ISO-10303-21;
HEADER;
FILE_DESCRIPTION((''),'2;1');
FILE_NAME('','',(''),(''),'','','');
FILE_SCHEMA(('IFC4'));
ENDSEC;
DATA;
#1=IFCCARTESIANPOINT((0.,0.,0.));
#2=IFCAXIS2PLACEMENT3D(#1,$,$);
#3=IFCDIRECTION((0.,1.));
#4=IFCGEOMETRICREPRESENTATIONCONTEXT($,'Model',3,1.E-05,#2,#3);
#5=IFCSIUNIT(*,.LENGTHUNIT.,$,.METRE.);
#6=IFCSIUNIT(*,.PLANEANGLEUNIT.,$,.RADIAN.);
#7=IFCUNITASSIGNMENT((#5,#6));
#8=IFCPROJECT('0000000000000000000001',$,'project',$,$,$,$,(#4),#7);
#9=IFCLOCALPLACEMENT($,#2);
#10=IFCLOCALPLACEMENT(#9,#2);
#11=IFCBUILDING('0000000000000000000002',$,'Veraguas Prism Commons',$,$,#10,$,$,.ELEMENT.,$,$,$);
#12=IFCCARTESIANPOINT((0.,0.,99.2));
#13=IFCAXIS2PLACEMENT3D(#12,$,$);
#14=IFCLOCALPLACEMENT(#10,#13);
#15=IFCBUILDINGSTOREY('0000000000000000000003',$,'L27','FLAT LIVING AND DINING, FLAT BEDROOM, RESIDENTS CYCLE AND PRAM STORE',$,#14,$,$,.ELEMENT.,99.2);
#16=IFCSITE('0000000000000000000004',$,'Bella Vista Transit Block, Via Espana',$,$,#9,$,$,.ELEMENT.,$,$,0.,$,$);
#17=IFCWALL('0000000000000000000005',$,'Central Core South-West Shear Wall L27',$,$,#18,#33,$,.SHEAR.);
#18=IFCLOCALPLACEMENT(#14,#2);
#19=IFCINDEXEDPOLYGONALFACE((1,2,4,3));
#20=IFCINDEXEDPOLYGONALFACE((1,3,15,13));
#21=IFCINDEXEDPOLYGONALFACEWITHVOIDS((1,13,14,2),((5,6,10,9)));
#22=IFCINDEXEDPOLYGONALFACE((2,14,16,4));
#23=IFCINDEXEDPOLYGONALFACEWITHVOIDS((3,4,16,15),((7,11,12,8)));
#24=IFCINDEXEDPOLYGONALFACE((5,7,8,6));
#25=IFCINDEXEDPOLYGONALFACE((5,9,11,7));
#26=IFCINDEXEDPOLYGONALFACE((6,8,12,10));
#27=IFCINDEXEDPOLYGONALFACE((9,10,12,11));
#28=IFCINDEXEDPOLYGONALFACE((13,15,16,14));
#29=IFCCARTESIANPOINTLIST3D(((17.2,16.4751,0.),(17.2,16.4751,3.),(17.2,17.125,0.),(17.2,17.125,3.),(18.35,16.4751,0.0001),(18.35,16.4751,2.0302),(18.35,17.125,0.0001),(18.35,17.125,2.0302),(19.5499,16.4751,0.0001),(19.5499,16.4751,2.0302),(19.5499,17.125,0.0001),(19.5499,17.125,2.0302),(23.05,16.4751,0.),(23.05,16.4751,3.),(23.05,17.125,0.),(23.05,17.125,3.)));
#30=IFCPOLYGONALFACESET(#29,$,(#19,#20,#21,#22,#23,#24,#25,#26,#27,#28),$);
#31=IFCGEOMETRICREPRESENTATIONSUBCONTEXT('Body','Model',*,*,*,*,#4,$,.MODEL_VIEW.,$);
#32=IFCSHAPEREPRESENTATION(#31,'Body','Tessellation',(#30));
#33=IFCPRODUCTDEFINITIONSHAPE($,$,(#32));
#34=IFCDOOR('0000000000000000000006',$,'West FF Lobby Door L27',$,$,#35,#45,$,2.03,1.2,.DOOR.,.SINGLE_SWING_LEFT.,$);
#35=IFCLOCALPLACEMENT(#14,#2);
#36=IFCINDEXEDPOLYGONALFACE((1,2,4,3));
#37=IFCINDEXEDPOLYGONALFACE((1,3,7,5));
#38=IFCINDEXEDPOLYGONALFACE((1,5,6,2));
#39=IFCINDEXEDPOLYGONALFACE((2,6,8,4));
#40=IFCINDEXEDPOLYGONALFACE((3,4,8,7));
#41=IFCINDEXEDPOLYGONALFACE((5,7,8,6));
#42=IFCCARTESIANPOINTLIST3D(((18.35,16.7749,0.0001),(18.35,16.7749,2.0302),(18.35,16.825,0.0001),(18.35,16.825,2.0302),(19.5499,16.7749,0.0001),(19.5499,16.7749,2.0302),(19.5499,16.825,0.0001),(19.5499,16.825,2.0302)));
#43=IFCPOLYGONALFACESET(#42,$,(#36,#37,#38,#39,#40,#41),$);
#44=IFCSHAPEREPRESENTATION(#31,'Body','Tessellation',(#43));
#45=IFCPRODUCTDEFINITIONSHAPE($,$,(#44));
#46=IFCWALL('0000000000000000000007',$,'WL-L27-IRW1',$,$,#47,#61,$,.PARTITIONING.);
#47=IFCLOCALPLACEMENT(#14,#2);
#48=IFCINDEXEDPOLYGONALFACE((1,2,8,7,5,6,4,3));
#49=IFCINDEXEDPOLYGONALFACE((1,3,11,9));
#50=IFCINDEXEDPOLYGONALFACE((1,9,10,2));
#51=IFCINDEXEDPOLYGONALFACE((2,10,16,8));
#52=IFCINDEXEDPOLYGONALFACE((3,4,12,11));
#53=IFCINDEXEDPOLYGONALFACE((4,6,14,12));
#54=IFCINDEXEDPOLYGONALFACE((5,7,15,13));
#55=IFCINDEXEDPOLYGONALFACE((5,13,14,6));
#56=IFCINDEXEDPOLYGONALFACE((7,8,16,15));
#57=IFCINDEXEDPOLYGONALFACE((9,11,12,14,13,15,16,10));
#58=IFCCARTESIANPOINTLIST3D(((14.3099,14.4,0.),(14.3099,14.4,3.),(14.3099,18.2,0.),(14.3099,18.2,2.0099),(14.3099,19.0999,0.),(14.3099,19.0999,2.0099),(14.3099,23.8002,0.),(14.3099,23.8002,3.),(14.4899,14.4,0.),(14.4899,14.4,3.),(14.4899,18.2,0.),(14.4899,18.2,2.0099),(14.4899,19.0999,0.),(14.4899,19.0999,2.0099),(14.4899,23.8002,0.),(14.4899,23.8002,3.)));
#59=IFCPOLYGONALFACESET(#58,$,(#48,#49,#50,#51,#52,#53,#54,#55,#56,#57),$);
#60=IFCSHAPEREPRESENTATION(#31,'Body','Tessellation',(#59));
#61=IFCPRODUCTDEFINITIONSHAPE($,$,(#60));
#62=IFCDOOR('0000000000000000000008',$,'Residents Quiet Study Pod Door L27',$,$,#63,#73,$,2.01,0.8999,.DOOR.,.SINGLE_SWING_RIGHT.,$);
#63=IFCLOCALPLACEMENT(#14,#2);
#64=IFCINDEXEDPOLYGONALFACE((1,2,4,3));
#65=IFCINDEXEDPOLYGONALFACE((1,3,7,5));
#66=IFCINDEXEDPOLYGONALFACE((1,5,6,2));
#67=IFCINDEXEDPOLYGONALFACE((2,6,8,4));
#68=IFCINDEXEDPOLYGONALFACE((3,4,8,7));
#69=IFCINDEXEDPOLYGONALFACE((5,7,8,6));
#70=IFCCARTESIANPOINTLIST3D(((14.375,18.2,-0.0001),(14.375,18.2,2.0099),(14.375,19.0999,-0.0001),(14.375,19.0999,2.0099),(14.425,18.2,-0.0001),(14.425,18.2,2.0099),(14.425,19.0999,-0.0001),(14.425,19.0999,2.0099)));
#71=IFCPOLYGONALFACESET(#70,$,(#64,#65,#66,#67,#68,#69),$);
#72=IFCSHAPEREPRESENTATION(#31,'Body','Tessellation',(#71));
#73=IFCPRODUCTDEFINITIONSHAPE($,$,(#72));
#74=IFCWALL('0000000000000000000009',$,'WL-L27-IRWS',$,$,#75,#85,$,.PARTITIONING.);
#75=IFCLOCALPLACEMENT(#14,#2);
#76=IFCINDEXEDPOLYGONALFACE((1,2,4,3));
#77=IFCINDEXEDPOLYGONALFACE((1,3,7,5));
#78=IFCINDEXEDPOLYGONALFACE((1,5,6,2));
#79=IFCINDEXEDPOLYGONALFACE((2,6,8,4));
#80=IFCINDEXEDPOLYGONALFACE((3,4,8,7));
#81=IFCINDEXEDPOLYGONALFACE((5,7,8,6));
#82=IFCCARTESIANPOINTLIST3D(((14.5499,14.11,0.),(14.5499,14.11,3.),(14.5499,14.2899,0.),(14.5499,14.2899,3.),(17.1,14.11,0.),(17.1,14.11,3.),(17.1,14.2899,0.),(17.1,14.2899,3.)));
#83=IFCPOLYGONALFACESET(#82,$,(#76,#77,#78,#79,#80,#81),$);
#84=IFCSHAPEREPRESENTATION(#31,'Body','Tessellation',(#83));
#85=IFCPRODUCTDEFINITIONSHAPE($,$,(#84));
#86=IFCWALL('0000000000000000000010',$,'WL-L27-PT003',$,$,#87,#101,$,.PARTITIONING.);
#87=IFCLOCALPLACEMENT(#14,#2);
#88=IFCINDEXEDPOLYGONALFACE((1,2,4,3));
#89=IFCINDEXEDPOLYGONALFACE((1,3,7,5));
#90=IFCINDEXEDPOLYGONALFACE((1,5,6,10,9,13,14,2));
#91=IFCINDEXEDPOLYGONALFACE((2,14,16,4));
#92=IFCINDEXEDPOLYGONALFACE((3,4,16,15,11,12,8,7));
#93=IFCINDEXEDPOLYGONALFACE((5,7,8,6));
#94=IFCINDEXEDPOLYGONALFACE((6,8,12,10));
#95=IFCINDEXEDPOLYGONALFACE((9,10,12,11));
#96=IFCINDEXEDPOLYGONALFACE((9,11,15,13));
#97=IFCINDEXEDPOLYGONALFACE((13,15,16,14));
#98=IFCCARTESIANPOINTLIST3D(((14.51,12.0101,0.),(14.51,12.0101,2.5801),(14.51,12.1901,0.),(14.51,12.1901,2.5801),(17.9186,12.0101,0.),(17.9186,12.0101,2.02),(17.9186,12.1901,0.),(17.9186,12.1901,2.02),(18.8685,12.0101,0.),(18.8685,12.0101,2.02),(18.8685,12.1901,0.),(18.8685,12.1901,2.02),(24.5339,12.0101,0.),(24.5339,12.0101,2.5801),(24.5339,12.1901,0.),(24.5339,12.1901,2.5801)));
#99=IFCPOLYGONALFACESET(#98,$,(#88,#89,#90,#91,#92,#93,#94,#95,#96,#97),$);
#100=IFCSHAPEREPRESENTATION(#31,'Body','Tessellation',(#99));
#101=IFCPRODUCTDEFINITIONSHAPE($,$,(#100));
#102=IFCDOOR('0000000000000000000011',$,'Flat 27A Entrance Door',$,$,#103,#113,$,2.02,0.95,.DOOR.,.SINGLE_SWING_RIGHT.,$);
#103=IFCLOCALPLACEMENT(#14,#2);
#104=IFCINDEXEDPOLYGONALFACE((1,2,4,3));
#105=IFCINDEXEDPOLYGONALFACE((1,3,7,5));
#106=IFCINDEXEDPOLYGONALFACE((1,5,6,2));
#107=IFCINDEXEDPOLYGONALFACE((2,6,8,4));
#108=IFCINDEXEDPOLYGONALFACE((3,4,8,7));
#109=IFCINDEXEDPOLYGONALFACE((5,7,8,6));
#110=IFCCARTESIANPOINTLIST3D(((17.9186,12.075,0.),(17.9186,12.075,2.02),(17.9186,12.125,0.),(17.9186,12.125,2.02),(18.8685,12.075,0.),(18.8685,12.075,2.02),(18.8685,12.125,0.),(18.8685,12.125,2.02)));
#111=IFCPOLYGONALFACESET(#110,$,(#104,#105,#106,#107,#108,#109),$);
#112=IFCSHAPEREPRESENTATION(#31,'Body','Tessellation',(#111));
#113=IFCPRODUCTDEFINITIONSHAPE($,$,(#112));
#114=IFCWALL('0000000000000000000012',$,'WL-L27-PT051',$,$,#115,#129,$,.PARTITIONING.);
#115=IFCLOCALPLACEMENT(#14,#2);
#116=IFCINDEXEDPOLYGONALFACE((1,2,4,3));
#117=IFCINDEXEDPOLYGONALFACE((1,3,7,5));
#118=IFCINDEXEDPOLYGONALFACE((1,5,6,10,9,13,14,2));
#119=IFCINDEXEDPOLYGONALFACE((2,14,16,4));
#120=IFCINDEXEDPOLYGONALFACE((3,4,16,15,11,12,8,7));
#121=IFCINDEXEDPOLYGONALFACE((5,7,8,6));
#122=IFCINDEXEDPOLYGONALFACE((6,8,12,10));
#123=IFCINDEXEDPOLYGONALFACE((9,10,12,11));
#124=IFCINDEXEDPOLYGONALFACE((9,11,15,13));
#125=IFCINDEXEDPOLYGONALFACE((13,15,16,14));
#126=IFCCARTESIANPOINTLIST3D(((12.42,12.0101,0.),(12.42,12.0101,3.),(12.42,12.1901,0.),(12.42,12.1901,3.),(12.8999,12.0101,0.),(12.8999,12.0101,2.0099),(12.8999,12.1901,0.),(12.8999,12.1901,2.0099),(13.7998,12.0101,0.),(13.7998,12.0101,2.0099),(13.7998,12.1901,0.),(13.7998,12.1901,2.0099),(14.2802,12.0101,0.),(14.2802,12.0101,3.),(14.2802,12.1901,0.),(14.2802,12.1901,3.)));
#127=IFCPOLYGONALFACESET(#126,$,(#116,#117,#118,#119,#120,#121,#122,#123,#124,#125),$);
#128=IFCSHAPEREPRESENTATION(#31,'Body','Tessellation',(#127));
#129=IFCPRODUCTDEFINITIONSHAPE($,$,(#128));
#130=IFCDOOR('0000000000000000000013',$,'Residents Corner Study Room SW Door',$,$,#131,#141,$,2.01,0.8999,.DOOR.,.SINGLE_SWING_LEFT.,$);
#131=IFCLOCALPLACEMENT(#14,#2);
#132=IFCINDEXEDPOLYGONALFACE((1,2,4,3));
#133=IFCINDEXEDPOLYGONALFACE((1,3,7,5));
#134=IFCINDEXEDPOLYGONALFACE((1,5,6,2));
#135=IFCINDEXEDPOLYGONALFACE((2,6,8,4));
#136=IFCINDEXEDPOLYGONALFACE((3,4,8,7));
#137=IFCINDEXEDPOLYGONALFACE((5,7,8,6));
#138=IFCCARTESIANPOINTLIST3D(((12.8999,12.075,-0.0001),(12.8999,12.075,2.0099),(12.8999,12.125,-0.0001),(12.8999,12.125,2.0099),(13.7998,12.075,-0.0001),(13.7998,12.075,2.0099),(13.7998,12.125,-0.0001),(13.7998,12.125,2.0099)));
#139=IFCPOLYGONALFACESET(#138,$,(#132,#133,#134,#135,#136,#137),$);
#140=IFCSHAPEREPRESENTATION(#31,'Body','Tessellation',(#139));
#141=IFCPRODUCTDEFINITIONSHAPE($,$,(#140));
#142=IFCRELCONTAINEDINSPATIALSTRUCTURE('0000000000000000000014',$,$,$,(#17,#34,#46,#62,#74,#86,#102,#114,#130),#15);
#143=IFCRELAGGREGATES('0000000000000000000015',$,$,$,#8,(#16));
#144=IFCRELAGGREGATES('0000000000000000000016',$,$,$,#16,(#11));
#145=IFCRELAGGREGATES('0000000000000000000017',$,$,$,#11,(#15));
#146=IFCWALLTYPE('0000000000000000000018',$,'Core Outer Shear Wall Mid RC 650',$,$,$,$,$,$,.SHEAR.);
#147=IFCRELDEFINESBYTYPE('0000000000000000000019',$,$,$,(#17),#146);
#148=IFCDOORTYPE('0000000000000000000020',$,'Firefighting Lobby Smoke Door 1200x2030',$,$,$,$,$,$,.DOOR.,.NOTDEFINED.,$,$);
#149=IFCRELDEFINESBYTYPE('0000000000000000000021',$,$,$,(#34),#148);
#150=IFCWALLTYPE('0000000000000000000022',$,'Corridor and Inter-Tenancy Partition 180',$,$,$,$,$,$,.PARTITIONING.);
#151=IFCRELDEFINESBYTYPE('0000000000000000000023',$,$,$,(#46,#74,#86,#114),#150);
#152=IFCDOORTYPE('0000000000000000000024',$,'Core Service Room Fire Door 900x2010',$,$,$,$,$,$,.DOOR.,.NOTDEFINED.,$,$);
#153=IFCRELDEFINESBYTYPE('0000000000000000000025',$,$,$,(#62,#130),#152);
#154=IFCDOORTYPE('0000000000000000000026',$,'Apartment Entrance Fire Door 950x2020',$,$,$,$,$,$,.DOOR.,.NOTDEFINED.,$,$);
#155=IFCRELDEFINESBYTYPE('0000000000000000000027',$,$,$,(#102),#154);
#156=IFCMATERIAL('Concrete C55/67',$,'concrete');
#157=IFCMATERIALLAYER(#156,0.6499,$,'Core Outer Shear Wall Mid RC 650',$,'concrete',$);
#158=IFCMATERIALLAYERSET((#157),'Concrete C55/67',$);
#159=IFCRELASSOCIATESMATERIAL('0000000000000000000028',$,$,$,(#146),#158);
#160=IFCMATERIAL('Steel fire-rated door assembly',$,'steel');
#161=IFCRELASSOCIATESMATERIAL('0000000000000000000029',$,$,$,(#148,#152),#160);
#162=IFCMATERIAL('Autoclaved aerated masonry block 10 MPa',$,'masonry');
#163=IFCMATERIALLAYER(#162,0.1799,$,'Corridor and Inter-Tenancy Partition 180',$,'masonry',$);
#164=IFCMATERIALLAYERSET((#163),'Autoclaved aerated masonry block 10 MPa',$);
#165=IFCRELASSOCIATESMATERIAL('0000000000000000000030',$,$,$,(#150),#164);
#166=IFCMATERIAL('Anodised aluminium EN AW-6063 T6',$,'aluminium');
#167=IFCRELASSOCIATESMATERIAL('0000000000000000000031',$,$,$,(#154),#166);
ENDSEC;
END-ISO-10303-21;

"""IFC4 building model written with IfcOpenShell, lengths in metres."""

from ifc_helpers import new_model, si_unit, direction, frame, frame_2d, origin, place, context, subcontext, project, spatial, rectangle, extrude, source, transform, mapped, material, layer, layer_set, type_object, element, fill, save


model = new_model("IFC4")

# Units and contexts
model_context = context("Model", 3, precision=1e-05, world=origin(), true_north=direction((0.0, 1.0)))
body_context = subcontext(model_context, "Body", "Model", "MODEL_VIEW")
ifc_project = project(units=[si_unit("LENGTHUNIT", "METRE"), si_unit("PLANEANGLEUNIT", "RADIAN")], contexts=[model_context])

# Site, building, storey
site_placement = place(None, origin())
site = spatial("IfcSite", under=ifc_project, at=site_placement, Name="Bella Vista Transit Block, Via Espana", CompositionType="ELEMENT", RefElevation=0.0)
building_placement = place(site_placement, origin())
building = spatial("IfcBuilding", under=site, at=building_placement, Name="Veraguas Prism Commons", CompositionType="ELEMENT")
storey_placement = place(building_placement, frame((0.0, 0.0, 99.2)))
storey = spatial("IfcBuildingStorey", under=building, at=storey_placement, Name="L27", Description="FLAT LIVING AND DINING, FLAT BEDROOM, RESIDENTS CYCLE AND PRAM STORE", CompositionType="ELEMENT", Elevation=99.2)

# Shared definitions
ifc_material_1 = material(Name="Steel fire-rated door assembly", Category="steel")

# Shared definitions
ifc_material_2 = material(Name="Concrete C55/67", Category="concrete")
ifc_layer_1 = layer(ifc_material_2, 0.6499, Name="Core Outer Shear Wall Mid RC 650", Category="concrete")
ifc_layer_set_1 = layer_set([ifc_layer_1], Name="Concrete C55/67")
wall_type_1 = type_object("IfcWallType", Name="Core Outer Shear Wall Mid RC 650", PredefinedType="SHEAR", material=ifc_layer_set_1)

# Walls, openings, doors
wall_1_placement = place(storey_placement, frame((17.2, 16.8, 0.0), z_axis=(0.0, 0.0, 1.0), x_axis=(1.0, 0.0, 0.0)))
wall_1 = element("IfcWall", 1, at=wall_1_placement, inside=storey, type_object=wall_type_1, Name="Central Core South-West Shear Wall L27", PredefinedType="SHEAR", context=body_context, shape_type="SweptSolid", body=[
    extrude(rectangle(XDim=5.8501, YDim=0.6499, at=frame_2d((2.925, 0.0))), origin(), (0.0, 0.0, 1.0), 3.0),
])
opening_1_placement = place(wall_1_placement, frame((1.1499, 0.0, 0.0)))
opening_1 = element("IfcOpeningElement", 2, at=opening_1_placement, cuts=wall_1, PredefinedType="OPENING", context=body_context, shape_type="SweptSolid", body=[
    extrude(rectangle(XDim=1.2, YDim=2.03, at=frame_2d((0.6001, 1.0151))), frame((0.0, 0.335, 0.0), z_axis=(0.0, -1.0, 0.0), x_axis=(1.0, 0.0, 0.0)), (0.0, 0.0, 1.0), 0.6699),
])
door_type_1 = type_object("IfcDoorType", Name="Firefighting Lobby Smoke Door 1200x2030", OperationType="NOTDEFINED", PredefinedType="DOOR", material=ifc_material_1)
shared_shape_1 = source(origin(), body_context, "Body", "SweptSolid", [
    extrude(rectangle(XDim=1.2, YDim=2.03, at=frame_2d((0.6001, 1.0151))), frame((0.0, 0.0249, 0.0), z_axis=(0.0, -1.0, 0.0), x_axis=(1.0, 0.0, 0.0)), (0.0, 0.0, 1.0), 0.05),
])
door_1_placement = place(opening_1_placement, origin())
door_1 = element("IfcDoor", 3, at=door_1_placement, inside=storey, type_object=door_type_1, Name="West FF Lobby Door L27", OperationType="SINGLE_SWING_LEFT", OverallHeight=2.03, OverallWidth=1.2, PredefinedType="DOOR", context=body_context, shape_type="MappedRepresentation", body=[
    mapped(shared_shape_1, transform((0.0, 0.0, 0.0), scale=1.0)),
])
fill(opening_1, door_1)
ifc_material_3 = material(Name="Autoclaved aerated masonry block 10 MPa", Category="masonry")
ifc_layer_2 = layer(ifc_material_3, 0.1799, Name="Corridor and Inter-Tenancy Partition 180", Category="masonry")
ifc_layer_set_2 = layer_set([ifc_layer_2], Name="Autoclaved aerated masonry block 10 MPa")
wall_type_2 = type_object("IfcWallType", Name="Corridor and Inter-Tenancy Partition 180", PredefinedType="PARTITIONING", material=ifc_layer_set_2)
wall_2_placement = place(storey_placement, frame((14.3999, 14.3999, 0.0), z_axis=(0.0, 0.0, 1.0), x_axis=(0.0, 1.0, 0.0)))
wall_2 = element("IfcWall", 4, at=wall_2_placement, inside=storey, type_object=wall_type_2, Name="WL-L27-IRW1", PredefinedType="PARTITIONING", context=body_context, shape_type="SweptSolid", body=[
    extrude(rectangle(XDim=9.4001, YDim=0.1799, at=frame_2d((4.7002, 0.0))), origin(), (0.0, 0.0, 1.0), 3.0),
])
opening_2_placement = place(wall_2_placement, frame((3.8, 0.0, 0.0)))
opening_2 = element("IfcOpeningElement", 5, at=opening_2_placement, cuts=wall_2, PredefinedType="OPENING", context=body_context, shape_type="SweptSolid", body=[
    extrude(rectangle(XDim=0.8999, YDim=2.01, at=frame_2d((0.45, 1.0049))), frame((0.0, 0.0999, 0.0), z_axis=(0.0, -1.0, 0.0), x_axis=(1.0, 0.0, 0.0)), (0.0, 0.0, 1.0), 0.2),
])
door_type_2 = type_object("IfcDoorType", Name="Core Service Room Fire Door 900x2010", OperationType="NOTDEFINED", PredefinedType="DOOR", material=ifc_material_1)
shared_shape_2 = source(origin(), body_context, "Body", "SweptSolid", [
    extrude(rectangle(XDim=0.8999, YDim=2.01, at=frame_2d((0.45, 1.0049))), frame((0.0, 0.0249, 0.0), z_axis=(0.0, -1.0, 0.0), x_axis=(1.0, 0.0, 0.0)), (0.0, 0.0, 1.0), 0.05),
])
door_2_placement = place(opening_2_placement, origin())
door_2 = element("IfcDoor", 6, at=door_2_placement, inside=storey, type_object=door_type_2, Name="Residents Quiet Study Pod Door L27", OperationType="SINGLE_SWING_RIGHT", OverallHeight=2.01, OverallWidth=0.8999, PredefinedType="DOOR", context=body_context, shape_type="MappedRepresentation", body=[
    mapped(shared_shape_2, transform((0.0, 0.0, 0.0), scale=1.0)),
])
fill(opening_2, door_2)

# Wall
wall_3_placement = place(storey_placement, frame((14.55, 14.2, 0.0), z_axis=(0.0, 0.0, 1.0), x_axis=(1.0, 0.0, 0.0)))
element("IfcWall", 7, at=wall_3_placement, inside=storey, type_object=wall_type_2, Name="WL-L27-IRWS", PredefinedType="PARTITIONING", context=body_context, shape_type="SweptSolid", body=[
    extrude(rectangle(XDim=2.55, YDim=0.1799, at=frame_2d((1.2749, 0.0))), origin(), (0.0, 0.0, 1.0), 3.0),
])

# Walls, openings, doors
wall_4_placement = place(storey_placement, frame((14.51, 12.1001, 0.0), z_axis=(0.0, 0.0, 1.0), x_axis=(1.0, 0.0, 0.0)))
wall_4 = element("IfcWall", 8, at=wall_4_placement, inside=storey, type_object=wall_type_2, Name="WL-L27-PT003", PredefinedType="PARTITIONING", context=body_context, shape_type="SweptSolid", body=[
    extrude(rectangle(XDim=10.0239, YDim=0.1799, at=frame_2d((5.012, 0.0))), origin(), (0.0, 0.0, 1.0), 2.5801),
])
opening_3_placement = place(wall_4_placement, frame((3.4084, 0.0, 0.0)))
opening_3 = element("IfcOpeningElement", 9, at=opening_3_placement, cuts=wall_4, PredefinedType="OPENING", context=body_context, shape_type="SweptSolid", body=[
    extrude(rectangle(XDim=0.95, YDim=2.02, at=frame_2d((0.4751, 1.01))), frame((0.0, 0.0999, 0.0), z_axis=(0.0, -1.0, 0.0), x_axis=(1.0, 0.0, 0.0)), (0.0, 0.0, 1.0), 0.2),
])
ifc_material_4 = material(Name="Anodised aluminium EN AW-6063 T6", Category="aluminium")
door_type_3 = type_object("IfcDoorType", Name="Apartment Entrance Fire Door 950x2020", OperationType="NOTDEFINED", PredefinedType="DOOR", material=ifc_material_4)
shared_shape_3 = source(origin(), body_context, "Body", "SweptSolid", [
    extrude(rectangle(XDim=0.95, YDim=2.02, at=frame_2d((0.4751, 1.01))), frame((0.0, 0.0249, 0.0), z_axis=(0.0, -1.0, 0.0), x_axis=(1.0, 0.0, 0.0)), (0.0, 0.0, 1.0), 0.05),
])
door_3_placement = place(opening_3_placement, origin())
door_3 = element("IfcDoor", 10, at=door_3_placement, inside=storey, type_object=door_type_3, Name="Flat 27A Entrance Door", OperationType="SINGLE_SWING_RIGHT", OverallHeight=2.02, OverallWidth=0.95, PredefinedType="DOOR", context=body_context, shape_type="MappedRepresentation", body=[
    mapped(shared_shape_3, transform((0.0, 0.0, 0.0), scale=1.0)),
])
fill(opening_3, door_3)
wall_5_placement = place(storey_placement, frame((12.4199, 12.1001, 0.0), z_axis=(0.0, 0.0, 1.0), x_axis=(1.0, 0.0, 0.0)))
wall_5 = element("IfcWall", 11, at=wall_5_placement, inside=storey, type_object=wall_type_2, Name="WL-L27-PT051", PredefinedType="PARTITIONING", context=body_context, shape_type="SweptSolid", body=[
    extrude(rectangle(XDim=1.8601, YDim=0.1799, at=frame_2d((0.9302, 0.0))), origin(), (0.0, 0.0, 1.0), 3.0),
])
opening_4_placement = place(wall_5_placement, frame((0.48, 0.0, 0.0)))
opening_4 = element("IfcOpeningElement", 12, at=opening_4_placement, cuts=wall_5, PredefinedType="OPENING", context=body_context, shape_type="SweptSolid", body=[
    extrude(rectangle(XDim=0.8999, YDim=2.01, at=frame_2d((0.45, 1.0049))), frame((0.0, 0.0999, 0.0), z_axis=(0.0, -1.0, 0.0), x_axis=(1.0, 0.0, 0.0)), (0.0, 0.0, 1.0), 0.2),
])
door_4_placement = place(opening_4_placement, origin())
door_4 = element("IfcDoor", 13, at=door_4_placement, inside=storey, type_object=door_type_2, Name="Residents Corner Study Room SW Door", OperationType="SINGLE_SWING_LEFT", OverallHeight=2.01, OverallWidth=0.8999, PredefinedType="DOOR", context=body_context, shape_type="MappedRepresentation", body=[
    mapped(shared_shape_2, transform((0.0, 0.0, 0.0), scale=1.0)),
])
fill(opening_4, door_4)

save(model, "model.ifc")
